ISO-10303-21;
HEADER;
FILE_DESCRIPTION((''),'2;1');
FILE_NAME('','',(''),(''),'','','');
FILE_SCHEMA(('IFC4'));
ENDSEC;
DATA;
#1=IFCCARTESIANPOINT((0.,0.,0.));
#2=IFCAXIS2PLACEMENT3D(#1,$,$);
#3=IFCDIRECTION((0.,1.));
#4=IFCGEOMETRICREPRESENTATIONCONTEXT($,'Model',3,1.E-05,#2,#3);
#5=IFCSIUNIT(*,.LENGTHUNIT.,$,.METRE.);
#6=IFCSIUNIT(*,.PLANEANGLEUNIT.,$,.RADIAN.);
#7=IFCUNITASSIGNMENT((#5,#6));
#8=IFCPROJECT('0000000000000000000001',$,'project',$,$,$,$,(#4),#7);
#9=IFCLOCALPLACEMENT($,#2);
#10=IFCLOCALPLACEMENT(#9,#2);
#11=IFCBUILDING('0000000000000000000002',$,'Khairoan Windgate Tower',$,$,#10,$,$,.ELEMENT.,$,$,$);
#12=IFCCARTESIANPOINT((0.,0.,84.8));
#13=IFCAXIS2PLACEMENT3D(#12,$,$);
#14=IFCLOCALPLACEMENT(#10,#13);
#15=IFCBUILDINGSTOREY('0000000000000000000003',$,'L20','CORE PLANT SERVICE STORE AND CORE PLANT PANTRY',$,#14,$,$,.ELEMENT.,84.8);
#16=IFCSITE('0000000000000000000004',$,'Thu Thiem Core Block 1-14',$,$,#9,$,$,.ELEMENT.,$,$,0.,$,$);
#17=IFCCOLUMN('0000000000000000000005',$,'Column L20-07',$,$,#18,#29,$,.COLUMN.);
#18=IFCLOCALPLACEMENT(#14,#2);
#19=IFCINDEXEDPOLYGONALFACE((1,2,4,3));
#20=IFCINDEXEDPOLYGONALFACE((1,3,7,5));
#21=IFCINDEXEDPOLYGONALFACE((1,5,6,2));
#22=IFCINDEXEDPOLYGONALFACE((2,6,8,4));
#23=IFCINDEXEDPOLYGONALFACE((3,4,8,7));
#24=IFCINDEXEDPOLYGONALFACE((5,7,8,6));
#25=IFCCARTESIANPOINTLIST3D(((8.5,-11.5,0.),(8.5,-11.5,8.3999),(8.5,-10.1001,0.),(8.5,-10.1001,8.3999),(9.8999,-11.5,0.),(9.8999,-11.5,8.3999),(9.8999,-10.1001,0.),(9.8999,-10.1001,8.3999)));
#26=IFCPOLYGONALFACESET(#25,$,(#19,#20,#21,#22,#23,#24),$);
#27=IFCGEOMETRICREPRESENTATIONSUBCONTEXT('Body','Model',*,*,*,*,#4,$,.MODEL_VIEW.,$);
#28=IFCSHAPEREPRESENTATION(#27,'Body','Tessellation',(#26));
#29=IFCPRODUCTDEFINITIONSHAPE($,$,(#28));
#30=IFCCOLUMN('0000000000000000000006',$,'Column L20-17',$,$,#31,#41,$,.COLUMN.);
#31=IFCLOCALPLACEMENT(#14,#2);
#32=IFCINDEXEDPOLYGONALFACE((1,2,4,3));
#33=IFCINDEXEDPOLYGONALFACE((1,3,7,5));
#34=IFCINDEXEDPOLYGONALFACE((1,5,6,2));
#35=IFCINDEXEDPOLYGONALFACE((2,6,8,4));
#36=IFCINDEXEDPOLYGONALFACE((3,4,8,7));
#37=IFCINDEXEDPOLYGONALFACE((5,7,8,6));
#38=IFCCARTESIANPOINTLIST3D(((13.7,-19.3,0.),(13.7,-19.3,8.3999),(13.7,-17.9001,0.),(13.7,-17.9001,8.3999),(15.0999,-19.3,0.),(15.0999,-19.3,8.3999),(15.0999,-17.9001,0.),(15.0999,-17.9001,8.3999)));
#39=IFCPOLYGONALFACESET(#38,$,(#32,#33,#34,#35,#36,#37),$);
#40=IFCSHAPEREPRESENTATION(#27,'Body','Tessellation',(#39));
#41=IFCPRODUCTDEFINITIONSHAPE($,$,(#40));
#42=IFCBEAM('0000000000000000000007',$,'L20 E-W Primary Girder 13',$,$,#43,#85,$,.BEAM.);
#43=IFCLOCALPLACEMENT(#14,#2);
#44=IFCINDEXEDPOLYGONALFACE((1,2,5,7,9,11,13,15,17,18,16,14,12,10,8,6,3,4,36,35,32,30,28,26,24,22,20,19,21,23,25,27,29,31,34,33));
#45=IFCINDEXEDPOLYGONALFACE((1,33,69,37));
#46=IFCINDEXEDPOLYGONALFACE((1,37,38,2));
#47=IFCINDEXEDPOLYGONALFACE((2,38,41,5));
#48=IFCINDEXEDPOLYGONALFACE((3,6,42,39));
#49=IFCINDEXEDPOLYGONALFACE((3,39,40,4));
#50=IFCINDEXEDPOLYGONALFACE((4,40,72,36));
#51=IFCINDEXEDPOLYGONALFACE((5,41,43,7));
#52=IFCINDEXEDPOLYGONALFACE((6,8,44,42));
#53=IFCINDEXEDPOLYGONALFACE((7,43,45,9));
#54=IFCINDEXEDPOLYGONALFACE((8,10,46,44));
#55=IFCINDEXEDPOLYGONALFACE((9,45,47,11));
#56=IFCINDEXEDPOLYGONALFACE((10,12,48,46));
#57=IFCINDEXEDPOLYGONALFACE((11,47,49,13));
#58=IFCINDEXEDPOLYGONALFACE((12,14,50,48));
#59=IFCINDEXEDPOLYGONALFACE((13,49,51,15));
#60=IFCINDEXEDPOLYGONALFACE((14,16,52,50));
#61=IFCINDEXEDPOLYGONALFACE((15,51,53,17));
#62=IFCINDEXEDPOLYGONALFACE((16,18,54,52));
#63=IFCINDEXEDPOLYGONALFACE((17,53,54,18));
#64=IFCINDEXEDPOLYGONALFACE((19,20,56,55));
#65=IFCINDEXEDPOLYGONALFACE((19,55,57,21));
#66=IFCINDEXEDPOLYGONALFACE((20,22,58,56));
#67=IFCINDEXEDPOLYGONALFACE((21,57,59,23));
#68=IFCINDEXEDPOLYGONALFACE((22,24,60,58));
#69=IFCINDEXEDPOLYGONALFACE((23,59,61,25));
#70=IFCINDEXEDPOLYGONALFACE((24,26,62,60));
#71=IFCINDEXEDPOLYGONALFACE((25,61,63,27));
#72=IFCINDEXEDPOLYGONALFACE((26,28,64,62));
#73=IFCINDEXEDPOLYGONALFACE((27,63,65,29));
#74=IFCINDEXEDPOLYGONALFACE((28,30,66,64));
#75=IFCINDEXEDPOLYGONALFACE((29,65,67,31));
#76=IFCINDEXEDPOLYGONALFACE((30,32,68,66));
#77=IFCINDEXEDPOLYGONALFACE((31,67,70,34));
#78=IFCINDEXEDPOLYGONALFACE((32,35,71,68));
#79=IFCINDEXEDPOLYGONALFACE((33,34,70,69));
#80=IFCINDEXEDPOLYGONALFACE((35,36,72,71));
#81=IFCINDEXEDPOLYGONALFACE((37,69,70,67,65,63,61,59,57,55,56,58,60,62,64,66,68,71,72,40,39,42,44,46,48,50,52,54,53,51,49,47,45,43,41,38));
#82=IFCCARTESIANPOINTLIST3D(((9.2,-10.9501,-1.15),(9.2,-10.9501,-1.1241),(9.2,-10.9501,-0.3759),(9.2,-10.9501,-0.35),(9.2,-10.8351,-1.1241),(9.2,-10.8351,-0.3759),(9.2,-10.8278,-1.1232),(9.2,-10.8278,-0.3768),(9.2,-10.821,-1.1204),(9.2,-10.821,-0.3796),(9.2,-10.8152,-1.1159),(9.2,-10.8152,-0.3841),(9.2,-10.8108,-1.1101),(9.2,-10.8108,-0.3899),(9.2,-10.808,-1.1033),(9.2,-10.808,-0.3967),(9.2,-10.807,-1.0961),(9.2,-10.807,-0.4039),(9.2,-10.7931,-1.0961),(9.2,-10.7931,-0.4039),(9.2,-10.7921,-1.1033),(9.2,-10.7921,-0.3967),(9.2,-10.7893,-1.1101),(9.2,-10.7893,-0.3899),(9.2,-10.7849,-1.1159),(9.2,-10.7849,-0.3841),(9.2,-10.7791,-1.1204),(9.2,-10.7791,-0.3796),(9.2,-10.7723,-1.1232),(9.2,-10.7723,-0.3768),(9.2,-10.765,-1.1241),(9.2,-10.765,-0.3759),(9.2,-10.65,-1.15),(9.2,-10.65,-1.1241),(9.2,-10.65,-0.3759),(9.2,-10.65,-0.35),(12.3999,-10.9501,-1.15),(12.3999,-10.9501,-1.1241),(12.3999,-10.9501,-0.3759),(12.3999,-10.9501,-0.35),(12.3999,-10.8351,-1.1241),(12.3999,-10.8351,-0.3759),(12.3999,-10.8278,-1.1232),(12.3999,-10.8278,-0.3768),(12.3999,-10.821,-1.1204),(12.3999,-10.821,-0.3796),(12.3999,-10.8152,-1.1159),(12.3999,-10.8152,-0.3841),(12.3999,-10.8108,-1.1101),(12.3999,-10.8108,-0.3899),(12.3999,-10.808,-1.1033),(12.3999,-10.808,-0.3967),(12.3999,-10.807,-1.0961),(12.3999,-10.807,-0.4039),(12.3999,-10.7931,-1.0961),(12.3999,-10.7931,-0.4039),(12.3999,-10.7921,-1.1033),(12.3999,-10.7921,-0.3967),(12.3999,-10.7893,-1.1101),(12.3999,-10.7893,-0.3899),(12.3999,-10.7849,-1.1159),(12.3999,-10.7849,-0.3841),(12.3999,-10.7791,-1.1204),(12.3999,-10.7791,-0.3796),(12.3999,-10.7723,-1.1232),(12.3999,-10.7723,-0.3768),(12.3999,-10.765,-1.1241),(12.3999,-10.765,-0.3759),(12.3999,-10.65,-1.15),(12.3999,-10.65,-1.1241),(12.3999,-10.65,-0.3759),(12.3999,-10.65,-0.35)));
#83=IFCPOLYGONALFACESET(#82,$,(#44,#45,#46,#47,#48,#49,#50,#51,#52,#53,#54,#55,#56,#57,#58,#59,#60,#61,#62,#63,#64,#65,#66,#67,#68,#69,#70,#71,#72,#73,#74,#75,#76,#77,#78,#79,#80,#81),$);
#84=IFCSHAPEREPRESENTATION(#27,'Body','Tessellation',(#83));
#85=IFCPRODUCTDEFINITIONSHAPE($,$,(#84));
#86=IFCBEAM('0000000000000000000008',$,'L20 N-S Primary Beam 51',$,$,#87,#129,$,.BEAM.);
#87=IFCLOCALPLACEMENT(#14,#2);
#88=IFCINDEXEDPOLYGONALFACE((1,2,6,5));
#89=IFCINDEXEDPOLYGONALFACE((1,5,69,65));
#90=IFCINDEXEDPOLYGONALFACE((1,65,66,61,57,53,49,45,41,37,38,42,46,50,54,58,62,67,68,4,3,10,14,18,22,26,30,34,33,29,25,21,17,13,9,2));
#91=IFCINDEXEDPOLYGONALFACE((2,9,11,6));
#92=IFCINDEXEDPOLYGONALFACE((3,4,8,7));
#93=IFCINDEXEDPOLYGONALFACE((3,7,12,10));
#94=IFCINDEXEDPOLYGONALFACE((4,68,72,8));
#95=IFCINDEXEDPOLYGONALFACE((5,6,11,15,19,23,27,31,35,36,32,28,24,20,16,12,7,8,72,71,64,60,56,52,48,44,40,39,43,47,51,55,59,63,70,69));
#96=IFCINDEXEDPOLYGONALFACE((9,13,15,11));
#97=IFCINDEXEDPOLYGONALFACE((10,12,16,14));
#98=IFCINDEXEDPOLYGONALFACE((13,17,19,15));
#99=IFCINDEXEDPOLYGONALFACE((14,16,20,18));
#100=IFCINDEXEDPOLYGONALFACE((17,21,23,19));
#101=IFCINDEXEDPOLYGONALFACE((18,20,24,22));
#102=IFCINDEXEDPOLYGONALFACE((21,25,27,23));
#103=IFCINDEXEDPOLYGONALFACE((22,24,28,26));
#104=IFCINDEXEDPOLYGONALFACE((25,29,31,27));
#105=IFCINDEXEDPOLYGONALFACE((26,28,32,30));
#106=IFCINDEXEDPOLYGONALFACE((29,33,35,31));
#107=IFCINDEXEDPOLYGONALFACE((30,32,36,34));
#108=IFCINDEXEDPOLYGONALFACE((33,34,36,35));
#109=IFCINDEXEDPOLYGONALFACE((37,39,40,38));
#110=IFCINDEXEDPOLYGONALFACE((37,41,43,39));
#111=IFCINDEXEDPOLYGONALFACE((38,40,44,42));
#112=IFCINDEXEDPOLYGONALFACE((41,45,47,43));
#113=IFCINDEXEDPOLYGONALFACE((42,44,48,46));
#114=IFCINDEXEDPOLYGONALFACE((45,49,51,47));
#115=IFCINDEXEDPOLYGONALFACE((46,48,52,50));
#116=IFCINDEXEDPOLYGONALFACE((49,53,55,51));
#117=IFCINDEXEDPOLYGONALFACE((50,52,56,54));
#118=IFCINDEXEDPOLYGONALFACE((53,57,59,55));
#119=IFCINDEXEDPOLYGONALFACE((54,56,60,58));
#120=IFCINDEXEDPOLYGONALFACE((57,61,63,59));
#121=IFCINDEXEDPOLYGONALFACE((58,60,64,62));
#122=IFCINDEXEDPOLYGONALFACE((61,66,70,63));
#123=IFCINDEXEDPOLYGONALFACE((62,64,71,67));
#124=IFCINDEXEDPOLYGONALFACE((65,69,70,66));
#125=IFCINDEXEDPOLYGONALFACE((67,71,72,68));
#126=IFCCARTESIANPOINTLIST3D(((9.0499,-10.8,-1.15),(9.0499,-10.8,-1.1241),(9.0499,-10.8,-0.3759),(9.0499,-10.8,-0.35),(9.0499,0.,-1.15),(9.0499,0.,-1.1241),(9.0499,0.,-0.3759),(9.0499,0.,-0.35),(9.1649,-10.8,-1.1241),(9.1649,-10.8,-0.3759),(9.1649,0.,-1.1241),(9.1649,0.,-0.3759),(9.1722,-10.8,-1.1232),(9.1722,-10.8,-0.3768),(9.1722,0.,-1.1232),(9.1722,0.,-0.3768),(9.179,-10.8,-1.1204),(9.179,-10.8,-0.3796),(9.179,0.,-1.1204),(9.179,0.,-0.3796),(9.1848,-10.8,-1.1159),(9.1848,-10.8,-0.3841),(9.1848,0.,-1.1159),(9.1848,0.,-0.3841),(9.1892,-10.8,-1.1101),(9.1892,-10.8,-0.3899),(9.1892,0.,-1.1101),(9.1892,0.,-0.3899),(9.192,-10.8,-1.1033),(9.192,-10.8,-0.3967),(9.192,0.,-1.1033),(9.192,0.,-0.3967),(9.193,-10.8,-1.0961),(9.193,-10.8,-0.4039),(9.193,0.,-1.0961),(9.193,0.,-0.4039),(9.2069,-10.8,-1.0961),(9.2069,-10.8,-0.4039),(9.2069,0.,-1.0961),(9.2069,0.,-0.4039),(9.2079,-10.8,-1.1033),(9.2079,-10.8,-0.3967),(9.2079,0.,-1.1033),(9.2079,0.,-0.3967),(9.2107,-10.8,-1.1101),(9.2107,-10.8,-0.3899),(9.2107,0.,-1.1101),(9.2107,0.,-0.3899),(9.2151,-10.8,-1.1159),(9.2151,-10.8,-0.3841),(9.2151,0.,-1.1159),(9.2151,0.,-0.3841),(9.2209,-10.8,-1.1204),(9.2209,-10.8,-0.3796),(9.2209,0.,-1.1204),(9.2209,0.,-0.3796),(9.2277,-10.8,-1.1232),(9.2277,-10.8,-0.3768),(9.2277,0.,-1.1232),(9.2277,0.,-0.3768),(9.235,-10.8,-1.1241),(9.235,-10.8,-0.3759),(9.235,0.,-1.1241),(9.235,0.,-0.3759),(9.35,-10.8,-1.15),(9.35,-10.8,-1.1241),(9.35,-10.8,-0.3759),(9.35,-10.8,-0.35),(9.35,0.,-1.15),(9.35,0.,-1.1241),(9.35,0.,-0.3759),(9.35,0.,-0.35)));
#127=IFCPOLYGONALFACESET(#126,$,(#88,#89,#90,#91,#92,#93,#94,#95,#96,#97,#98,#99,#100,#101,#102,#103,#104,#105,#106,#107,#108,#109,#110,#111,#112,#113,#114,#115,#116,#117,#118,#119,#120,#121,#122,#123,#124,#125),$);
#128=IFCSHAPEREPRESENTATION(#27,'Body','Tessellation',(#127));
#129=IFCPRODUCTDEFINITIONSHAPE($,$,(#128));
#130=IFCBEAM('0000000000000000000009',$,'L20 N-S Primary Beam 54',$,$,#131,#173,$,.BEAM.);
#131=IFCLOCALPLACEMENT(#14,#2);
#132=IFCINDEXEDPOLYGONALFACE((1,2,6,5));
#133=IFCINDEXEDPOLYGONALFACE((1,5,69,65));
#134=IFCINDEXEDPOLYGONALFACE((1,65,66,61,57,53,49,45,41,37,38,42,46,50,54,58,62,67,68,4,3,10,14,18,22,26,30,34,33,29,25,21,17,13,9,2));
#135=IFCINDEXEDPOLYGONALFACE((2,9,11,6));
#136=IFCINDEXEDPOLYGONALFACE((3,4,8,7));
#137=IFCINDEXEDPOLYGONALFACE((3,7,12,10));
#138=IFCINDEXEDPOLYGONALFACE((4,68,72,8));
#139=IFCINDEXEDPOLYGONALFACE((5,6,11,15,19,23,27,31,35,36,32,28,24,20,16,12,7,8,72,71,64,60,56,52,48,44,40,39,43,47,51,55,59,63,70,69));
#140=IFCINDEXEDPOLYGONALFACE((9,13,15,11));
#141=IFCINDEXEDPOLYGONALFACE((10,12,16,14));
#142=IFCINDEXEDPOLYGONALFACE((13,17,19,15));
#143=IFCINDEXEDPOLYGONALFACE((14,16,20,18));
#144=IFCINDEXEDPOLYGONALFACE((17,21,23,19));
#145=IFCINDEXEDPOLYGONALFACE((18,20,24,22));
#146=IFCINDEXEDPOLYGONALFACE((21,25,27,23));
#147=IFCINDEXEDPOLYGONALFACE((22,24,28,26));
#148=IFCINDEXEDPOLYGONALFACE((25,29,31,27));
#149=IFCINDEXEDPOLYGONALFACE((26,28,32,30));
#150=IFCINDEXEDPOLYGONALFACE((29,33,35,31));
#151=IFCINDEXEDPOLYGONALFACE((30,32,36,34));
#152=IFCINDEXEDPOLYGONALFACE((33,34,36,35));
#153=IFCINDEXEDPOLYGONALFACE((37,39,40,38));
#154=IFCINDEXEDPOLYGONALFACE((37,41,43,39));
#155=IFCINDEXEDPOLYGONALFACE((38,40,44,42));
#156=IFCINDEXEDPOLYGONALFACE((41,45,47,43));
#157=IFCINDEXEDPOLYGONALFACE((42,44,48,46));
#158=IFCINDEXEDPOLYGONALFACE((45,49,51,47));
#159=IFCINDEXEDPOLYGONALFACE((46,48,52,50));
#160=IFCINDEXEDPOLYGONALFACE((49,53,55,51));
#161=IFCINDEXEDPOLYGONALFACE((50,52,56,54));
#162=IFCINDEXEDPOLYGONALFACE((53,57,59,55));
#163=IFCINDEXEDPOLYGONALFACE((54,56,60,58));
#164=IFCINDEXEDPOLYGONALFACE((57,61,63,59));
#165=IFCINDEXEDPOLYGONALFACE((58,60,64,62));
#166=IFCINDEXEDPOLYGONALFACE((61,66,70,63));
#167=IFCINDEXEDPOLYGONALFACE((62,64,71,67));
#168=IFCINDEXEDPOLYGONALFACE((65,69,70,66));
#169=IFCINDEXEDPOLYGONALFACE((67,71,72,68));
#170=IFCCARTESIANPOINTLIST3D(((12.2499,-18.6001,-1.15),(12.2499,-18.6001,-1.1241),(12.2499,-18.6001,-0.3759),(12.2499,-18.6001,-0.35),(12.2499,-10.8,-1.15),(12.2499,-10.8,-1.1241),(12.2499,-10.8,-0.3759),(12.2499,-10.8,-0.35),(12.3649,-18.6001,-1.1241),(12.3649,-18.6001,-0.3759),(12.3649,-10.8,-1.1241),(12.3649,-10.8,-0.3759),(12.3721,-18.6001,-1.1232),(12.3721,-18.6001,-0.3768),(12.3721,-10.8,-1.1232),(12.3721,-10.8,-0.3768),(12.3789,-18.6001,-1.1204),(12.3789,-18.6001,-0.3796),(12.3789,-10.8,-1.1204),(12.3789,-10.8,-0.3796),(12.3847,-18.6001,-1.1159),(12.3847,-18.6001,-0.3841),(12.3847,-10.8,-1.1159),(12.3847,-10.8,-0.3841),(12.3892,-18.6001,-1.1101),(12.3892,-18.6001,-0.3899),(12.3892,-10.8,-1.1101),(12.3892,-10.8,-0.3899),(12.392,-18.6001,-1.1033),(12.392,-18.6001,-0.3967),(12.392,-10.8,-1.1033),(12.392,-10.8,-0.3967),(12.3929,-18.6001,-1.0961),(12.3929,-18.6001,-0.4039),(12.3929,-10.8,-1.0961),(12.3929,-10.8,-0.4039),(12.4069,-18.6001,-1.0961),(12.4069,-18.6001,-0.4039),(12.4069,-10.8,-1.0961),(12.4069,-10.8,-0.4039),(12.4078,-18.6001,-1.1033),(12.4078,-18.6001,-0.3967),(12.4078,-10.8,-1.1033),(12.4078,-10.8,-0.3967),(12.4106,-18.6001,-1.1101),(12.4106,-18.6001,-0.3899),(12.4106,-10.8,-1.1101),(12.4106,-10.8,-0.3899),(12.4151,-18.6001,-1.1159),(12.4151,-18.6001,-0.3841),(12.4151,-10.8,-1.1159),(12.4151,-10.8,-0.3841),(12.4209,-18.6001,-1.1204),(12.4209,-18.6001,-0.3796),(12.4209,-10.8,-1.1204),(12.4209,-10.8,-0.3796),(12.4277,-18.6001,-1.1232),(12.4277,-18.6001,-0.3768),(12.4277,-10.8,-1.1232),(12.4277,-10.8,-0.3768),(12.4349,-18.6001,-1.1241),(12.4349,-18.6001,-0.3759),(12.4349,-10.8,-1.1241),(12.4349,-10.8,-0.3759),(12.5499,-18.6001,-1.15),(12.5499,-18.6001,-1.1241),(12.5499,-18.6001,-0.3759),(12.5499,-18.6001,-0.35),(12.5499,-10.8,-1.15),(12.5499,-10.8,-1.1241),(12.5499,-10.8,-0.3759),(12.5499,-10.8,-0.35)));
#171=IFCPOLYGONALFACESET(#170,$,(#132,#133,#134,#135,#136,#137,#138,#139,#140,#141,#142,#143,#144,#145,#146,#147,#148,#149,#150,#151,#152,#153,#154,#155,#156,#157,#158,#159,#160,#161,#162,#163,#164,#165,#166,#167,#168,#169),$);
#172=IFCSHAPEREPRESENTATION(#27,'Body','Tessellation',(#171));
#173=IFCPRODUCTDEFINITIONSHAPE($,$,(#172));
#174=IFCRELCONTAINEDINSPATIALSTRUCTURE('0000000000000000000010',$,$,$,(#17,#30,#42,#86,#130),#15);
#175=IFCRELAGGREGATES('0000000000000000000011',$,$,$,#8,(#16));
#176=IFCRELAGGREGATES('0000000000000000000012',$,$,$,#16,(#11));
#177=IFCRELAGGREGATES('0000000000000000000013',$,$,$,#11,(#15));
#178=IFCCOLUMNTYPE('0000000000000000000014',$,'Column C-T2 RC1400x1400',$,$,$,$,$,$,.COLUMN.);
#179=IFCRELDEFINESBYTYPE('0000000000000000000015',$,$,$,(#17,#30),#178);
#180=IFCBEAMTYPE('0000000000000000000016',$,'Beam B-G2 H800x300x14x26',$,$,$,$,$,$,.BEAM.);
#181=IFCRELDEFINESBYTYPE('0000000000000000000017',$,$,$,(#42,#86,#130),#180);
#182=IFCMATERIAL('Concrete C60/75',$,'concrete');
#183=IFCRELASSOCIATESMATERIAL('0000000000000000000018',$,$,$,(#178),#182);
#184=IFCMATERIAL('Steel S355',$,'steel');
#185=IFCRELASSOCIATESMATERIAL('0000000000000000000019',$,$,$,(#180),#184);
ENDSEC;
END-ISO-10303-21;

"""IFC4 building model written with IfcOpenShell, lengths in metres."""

from ifc_helpers import new_model, si_unit, direction, frame, origin, origin_2d, place, context, subcontext, project, spatial, rectangle, i_section, extrude, material, material_profile, profile_set, type_object, element, save


model = new_model("IFC4")

# Units and contexts
model_context = context("Model", 3, precision=1e-05, world=origin(), true_north=direction((0.0, 1.0)))
body_context = subcontext(model_context, "Body", "Model", "MODEL_VIEW")
ifc_project = project(units=[si_unit("LENGTHUNIT", "METRE"), si_unit("PLANEANGLEUNIT", "RADIAN")], contexts=[model_context])

# Site, building, storey
site_placement = place(None, origin())
site = spatial("IfcSite", under=ifc_project, at=site_placement, Name="Thu Thiem Core Block 1-14", CompositionType="ELEMENT", RefElevation=0.0)
building_placement = place(site_placement, origin())
building = spatial("IfcBuilding", under=site, at=building_placement, Name="Khairoan Windgate Tower", CompositionType="ELEMENT")
storey_placement = place(building_placement, frame((0.0, 0.0, 84.8)))
storey = spatial("IfcBuildingStorey", under=building, at=storey_placement, Name="L20", Description="CORE PLANT SERVICE STORE AND CORE PLANT PANTRY", CompositionType="ELEMENT", Elevation=84.8)

# Columns
ifc_material_1 = material(Name="Concrete C60/75", Category="concrete")
ifc_material_profile_1 = material_profile(ifc_material_1, rectangle(XDim=1.3999, YDim=1.3999, at=origin_2d()))
ifc_profile_set_1 = profile_set([ifc_material_profile_1], Name="Concrete C60/75")
column_type = type_object("IfcColumnType", Name="Column C-T2 RC1400x1400", PredefinedType="COLUMN", material=ifc_profile_set_1)
for number, where, z_axis, x_axis, name in (
    (1, (9.2, -10.8, 0.0), (0.0, 0.0, 1.0), (1.0, 0.0, 0.0), "Column L20-07"),
    (2, (14.3999, -18.6001, 0.0), (0.0, 0.0, 1.0), (1.0, 0.0, 0.0), "Column L20-17"),
):
    element("IfcColumn", number, at=place(storey_placement, frame(where, z_axis=z_axis, x_axis=x_axis)), inside=storey, type_object=column_type, Name=name, PredefinedType="COLUMN", context=body_context, shape_type="SweptSolid", body=[
        extrude(rectangle(XDim=1.3999, YDim=1.3999, at=origin_2d()), origin(), (0.0, 0.0, 1.0), 8.3999),
    ])

# Beams
ifc_material_2 = material(Name="Steel S355", Category="steel")
ifc_material_profile_2 = material_profile(ifc_material_2, i_section(OverallWidth=0.3, OverallDepth=0.8, WebThickness=0.0139, FlangeThickness=0.0259, FilletRadius=0.0281, at=origin_2d()))
ifc_profile_set_2 = profile_set([ifc_material_profile_2], Name="Steel S355")
beam_type_1 = type_object("IfcBeamType", Name="Beam B-G2 H800x300x14x26", PredefinedType="BEAM", material=ifc_profile_set_2)
beam_1_placement = place(storey_placement, frame((9.2, -10.8, -0.75), z_axis=(1.0, 0.0, 0.0), x_axis=(0.0, 1.0, 0.0)))
element("IfcBeam", 3, at=beam_1_placement, inside=storey, type_object=beam_type_1, Name="L20 E-W Primary Girder 13", PredefinedType="BEAM", context=body_context, shape_type="SweptSolid", body=[
    extrude(i_section(OverallWidth=0.3, OverallDepth=0.8, WebThickness=0.0139, FlangeThickness=0.0259, FilletRadius=0.0281, at=origin_2d()), origin(), (0.0, 0.0, 1.0), 3.2),
])
beam_2_placement = place(storey_placement, frame((9.2, -10.8, -0.75), z_axis=(0.0, 1.0, 0.0), x_axis=(-1.0, 0.0, 0.0)))
element("IfcBeam", 4, at=beam_2_placement, inside=storey, type_object=beam_type_1, Name="L20 N-S Primary Beam 51", PredefinedType="BEAM", context=body_context, shape_type="SweptSolid", body=[
    extrude(i_section(OverallWidth=0.3, OverallDepth=0.8, WebThickness=0.0139, FlangeThickness=0.0259, FilletRadius=0.0281, at=origin_2d()), origin(), (0.0, 0.0, 1.0), 10.8),
])
beam_3_placement = place(storey_placement, frame((12.3999, -18.6001, -0.75), z_axis=(0.0, 1.0, 0.0), x_axis=(-1.0, 0.0, 0.0)))
element("IfcBeam", 5, at=beam_3_placement, inside=storey, type_object=beam_type_1, Name="L20 N-S Primary Beam 54", PredefinedType="BEAM", context=body_context, shape_type="SweptSolid", body=[
    extrude(i_section(OverallWidth=0.3, OverallDepth=0.8, WebThickness=0.0139, FlangeThickness=0.0259, FilletRadius=0.0281, at=origin_2d()), origin(), (0.0, 0.0, 1.0), 7.8),
])

save(model, "model.ifc")
